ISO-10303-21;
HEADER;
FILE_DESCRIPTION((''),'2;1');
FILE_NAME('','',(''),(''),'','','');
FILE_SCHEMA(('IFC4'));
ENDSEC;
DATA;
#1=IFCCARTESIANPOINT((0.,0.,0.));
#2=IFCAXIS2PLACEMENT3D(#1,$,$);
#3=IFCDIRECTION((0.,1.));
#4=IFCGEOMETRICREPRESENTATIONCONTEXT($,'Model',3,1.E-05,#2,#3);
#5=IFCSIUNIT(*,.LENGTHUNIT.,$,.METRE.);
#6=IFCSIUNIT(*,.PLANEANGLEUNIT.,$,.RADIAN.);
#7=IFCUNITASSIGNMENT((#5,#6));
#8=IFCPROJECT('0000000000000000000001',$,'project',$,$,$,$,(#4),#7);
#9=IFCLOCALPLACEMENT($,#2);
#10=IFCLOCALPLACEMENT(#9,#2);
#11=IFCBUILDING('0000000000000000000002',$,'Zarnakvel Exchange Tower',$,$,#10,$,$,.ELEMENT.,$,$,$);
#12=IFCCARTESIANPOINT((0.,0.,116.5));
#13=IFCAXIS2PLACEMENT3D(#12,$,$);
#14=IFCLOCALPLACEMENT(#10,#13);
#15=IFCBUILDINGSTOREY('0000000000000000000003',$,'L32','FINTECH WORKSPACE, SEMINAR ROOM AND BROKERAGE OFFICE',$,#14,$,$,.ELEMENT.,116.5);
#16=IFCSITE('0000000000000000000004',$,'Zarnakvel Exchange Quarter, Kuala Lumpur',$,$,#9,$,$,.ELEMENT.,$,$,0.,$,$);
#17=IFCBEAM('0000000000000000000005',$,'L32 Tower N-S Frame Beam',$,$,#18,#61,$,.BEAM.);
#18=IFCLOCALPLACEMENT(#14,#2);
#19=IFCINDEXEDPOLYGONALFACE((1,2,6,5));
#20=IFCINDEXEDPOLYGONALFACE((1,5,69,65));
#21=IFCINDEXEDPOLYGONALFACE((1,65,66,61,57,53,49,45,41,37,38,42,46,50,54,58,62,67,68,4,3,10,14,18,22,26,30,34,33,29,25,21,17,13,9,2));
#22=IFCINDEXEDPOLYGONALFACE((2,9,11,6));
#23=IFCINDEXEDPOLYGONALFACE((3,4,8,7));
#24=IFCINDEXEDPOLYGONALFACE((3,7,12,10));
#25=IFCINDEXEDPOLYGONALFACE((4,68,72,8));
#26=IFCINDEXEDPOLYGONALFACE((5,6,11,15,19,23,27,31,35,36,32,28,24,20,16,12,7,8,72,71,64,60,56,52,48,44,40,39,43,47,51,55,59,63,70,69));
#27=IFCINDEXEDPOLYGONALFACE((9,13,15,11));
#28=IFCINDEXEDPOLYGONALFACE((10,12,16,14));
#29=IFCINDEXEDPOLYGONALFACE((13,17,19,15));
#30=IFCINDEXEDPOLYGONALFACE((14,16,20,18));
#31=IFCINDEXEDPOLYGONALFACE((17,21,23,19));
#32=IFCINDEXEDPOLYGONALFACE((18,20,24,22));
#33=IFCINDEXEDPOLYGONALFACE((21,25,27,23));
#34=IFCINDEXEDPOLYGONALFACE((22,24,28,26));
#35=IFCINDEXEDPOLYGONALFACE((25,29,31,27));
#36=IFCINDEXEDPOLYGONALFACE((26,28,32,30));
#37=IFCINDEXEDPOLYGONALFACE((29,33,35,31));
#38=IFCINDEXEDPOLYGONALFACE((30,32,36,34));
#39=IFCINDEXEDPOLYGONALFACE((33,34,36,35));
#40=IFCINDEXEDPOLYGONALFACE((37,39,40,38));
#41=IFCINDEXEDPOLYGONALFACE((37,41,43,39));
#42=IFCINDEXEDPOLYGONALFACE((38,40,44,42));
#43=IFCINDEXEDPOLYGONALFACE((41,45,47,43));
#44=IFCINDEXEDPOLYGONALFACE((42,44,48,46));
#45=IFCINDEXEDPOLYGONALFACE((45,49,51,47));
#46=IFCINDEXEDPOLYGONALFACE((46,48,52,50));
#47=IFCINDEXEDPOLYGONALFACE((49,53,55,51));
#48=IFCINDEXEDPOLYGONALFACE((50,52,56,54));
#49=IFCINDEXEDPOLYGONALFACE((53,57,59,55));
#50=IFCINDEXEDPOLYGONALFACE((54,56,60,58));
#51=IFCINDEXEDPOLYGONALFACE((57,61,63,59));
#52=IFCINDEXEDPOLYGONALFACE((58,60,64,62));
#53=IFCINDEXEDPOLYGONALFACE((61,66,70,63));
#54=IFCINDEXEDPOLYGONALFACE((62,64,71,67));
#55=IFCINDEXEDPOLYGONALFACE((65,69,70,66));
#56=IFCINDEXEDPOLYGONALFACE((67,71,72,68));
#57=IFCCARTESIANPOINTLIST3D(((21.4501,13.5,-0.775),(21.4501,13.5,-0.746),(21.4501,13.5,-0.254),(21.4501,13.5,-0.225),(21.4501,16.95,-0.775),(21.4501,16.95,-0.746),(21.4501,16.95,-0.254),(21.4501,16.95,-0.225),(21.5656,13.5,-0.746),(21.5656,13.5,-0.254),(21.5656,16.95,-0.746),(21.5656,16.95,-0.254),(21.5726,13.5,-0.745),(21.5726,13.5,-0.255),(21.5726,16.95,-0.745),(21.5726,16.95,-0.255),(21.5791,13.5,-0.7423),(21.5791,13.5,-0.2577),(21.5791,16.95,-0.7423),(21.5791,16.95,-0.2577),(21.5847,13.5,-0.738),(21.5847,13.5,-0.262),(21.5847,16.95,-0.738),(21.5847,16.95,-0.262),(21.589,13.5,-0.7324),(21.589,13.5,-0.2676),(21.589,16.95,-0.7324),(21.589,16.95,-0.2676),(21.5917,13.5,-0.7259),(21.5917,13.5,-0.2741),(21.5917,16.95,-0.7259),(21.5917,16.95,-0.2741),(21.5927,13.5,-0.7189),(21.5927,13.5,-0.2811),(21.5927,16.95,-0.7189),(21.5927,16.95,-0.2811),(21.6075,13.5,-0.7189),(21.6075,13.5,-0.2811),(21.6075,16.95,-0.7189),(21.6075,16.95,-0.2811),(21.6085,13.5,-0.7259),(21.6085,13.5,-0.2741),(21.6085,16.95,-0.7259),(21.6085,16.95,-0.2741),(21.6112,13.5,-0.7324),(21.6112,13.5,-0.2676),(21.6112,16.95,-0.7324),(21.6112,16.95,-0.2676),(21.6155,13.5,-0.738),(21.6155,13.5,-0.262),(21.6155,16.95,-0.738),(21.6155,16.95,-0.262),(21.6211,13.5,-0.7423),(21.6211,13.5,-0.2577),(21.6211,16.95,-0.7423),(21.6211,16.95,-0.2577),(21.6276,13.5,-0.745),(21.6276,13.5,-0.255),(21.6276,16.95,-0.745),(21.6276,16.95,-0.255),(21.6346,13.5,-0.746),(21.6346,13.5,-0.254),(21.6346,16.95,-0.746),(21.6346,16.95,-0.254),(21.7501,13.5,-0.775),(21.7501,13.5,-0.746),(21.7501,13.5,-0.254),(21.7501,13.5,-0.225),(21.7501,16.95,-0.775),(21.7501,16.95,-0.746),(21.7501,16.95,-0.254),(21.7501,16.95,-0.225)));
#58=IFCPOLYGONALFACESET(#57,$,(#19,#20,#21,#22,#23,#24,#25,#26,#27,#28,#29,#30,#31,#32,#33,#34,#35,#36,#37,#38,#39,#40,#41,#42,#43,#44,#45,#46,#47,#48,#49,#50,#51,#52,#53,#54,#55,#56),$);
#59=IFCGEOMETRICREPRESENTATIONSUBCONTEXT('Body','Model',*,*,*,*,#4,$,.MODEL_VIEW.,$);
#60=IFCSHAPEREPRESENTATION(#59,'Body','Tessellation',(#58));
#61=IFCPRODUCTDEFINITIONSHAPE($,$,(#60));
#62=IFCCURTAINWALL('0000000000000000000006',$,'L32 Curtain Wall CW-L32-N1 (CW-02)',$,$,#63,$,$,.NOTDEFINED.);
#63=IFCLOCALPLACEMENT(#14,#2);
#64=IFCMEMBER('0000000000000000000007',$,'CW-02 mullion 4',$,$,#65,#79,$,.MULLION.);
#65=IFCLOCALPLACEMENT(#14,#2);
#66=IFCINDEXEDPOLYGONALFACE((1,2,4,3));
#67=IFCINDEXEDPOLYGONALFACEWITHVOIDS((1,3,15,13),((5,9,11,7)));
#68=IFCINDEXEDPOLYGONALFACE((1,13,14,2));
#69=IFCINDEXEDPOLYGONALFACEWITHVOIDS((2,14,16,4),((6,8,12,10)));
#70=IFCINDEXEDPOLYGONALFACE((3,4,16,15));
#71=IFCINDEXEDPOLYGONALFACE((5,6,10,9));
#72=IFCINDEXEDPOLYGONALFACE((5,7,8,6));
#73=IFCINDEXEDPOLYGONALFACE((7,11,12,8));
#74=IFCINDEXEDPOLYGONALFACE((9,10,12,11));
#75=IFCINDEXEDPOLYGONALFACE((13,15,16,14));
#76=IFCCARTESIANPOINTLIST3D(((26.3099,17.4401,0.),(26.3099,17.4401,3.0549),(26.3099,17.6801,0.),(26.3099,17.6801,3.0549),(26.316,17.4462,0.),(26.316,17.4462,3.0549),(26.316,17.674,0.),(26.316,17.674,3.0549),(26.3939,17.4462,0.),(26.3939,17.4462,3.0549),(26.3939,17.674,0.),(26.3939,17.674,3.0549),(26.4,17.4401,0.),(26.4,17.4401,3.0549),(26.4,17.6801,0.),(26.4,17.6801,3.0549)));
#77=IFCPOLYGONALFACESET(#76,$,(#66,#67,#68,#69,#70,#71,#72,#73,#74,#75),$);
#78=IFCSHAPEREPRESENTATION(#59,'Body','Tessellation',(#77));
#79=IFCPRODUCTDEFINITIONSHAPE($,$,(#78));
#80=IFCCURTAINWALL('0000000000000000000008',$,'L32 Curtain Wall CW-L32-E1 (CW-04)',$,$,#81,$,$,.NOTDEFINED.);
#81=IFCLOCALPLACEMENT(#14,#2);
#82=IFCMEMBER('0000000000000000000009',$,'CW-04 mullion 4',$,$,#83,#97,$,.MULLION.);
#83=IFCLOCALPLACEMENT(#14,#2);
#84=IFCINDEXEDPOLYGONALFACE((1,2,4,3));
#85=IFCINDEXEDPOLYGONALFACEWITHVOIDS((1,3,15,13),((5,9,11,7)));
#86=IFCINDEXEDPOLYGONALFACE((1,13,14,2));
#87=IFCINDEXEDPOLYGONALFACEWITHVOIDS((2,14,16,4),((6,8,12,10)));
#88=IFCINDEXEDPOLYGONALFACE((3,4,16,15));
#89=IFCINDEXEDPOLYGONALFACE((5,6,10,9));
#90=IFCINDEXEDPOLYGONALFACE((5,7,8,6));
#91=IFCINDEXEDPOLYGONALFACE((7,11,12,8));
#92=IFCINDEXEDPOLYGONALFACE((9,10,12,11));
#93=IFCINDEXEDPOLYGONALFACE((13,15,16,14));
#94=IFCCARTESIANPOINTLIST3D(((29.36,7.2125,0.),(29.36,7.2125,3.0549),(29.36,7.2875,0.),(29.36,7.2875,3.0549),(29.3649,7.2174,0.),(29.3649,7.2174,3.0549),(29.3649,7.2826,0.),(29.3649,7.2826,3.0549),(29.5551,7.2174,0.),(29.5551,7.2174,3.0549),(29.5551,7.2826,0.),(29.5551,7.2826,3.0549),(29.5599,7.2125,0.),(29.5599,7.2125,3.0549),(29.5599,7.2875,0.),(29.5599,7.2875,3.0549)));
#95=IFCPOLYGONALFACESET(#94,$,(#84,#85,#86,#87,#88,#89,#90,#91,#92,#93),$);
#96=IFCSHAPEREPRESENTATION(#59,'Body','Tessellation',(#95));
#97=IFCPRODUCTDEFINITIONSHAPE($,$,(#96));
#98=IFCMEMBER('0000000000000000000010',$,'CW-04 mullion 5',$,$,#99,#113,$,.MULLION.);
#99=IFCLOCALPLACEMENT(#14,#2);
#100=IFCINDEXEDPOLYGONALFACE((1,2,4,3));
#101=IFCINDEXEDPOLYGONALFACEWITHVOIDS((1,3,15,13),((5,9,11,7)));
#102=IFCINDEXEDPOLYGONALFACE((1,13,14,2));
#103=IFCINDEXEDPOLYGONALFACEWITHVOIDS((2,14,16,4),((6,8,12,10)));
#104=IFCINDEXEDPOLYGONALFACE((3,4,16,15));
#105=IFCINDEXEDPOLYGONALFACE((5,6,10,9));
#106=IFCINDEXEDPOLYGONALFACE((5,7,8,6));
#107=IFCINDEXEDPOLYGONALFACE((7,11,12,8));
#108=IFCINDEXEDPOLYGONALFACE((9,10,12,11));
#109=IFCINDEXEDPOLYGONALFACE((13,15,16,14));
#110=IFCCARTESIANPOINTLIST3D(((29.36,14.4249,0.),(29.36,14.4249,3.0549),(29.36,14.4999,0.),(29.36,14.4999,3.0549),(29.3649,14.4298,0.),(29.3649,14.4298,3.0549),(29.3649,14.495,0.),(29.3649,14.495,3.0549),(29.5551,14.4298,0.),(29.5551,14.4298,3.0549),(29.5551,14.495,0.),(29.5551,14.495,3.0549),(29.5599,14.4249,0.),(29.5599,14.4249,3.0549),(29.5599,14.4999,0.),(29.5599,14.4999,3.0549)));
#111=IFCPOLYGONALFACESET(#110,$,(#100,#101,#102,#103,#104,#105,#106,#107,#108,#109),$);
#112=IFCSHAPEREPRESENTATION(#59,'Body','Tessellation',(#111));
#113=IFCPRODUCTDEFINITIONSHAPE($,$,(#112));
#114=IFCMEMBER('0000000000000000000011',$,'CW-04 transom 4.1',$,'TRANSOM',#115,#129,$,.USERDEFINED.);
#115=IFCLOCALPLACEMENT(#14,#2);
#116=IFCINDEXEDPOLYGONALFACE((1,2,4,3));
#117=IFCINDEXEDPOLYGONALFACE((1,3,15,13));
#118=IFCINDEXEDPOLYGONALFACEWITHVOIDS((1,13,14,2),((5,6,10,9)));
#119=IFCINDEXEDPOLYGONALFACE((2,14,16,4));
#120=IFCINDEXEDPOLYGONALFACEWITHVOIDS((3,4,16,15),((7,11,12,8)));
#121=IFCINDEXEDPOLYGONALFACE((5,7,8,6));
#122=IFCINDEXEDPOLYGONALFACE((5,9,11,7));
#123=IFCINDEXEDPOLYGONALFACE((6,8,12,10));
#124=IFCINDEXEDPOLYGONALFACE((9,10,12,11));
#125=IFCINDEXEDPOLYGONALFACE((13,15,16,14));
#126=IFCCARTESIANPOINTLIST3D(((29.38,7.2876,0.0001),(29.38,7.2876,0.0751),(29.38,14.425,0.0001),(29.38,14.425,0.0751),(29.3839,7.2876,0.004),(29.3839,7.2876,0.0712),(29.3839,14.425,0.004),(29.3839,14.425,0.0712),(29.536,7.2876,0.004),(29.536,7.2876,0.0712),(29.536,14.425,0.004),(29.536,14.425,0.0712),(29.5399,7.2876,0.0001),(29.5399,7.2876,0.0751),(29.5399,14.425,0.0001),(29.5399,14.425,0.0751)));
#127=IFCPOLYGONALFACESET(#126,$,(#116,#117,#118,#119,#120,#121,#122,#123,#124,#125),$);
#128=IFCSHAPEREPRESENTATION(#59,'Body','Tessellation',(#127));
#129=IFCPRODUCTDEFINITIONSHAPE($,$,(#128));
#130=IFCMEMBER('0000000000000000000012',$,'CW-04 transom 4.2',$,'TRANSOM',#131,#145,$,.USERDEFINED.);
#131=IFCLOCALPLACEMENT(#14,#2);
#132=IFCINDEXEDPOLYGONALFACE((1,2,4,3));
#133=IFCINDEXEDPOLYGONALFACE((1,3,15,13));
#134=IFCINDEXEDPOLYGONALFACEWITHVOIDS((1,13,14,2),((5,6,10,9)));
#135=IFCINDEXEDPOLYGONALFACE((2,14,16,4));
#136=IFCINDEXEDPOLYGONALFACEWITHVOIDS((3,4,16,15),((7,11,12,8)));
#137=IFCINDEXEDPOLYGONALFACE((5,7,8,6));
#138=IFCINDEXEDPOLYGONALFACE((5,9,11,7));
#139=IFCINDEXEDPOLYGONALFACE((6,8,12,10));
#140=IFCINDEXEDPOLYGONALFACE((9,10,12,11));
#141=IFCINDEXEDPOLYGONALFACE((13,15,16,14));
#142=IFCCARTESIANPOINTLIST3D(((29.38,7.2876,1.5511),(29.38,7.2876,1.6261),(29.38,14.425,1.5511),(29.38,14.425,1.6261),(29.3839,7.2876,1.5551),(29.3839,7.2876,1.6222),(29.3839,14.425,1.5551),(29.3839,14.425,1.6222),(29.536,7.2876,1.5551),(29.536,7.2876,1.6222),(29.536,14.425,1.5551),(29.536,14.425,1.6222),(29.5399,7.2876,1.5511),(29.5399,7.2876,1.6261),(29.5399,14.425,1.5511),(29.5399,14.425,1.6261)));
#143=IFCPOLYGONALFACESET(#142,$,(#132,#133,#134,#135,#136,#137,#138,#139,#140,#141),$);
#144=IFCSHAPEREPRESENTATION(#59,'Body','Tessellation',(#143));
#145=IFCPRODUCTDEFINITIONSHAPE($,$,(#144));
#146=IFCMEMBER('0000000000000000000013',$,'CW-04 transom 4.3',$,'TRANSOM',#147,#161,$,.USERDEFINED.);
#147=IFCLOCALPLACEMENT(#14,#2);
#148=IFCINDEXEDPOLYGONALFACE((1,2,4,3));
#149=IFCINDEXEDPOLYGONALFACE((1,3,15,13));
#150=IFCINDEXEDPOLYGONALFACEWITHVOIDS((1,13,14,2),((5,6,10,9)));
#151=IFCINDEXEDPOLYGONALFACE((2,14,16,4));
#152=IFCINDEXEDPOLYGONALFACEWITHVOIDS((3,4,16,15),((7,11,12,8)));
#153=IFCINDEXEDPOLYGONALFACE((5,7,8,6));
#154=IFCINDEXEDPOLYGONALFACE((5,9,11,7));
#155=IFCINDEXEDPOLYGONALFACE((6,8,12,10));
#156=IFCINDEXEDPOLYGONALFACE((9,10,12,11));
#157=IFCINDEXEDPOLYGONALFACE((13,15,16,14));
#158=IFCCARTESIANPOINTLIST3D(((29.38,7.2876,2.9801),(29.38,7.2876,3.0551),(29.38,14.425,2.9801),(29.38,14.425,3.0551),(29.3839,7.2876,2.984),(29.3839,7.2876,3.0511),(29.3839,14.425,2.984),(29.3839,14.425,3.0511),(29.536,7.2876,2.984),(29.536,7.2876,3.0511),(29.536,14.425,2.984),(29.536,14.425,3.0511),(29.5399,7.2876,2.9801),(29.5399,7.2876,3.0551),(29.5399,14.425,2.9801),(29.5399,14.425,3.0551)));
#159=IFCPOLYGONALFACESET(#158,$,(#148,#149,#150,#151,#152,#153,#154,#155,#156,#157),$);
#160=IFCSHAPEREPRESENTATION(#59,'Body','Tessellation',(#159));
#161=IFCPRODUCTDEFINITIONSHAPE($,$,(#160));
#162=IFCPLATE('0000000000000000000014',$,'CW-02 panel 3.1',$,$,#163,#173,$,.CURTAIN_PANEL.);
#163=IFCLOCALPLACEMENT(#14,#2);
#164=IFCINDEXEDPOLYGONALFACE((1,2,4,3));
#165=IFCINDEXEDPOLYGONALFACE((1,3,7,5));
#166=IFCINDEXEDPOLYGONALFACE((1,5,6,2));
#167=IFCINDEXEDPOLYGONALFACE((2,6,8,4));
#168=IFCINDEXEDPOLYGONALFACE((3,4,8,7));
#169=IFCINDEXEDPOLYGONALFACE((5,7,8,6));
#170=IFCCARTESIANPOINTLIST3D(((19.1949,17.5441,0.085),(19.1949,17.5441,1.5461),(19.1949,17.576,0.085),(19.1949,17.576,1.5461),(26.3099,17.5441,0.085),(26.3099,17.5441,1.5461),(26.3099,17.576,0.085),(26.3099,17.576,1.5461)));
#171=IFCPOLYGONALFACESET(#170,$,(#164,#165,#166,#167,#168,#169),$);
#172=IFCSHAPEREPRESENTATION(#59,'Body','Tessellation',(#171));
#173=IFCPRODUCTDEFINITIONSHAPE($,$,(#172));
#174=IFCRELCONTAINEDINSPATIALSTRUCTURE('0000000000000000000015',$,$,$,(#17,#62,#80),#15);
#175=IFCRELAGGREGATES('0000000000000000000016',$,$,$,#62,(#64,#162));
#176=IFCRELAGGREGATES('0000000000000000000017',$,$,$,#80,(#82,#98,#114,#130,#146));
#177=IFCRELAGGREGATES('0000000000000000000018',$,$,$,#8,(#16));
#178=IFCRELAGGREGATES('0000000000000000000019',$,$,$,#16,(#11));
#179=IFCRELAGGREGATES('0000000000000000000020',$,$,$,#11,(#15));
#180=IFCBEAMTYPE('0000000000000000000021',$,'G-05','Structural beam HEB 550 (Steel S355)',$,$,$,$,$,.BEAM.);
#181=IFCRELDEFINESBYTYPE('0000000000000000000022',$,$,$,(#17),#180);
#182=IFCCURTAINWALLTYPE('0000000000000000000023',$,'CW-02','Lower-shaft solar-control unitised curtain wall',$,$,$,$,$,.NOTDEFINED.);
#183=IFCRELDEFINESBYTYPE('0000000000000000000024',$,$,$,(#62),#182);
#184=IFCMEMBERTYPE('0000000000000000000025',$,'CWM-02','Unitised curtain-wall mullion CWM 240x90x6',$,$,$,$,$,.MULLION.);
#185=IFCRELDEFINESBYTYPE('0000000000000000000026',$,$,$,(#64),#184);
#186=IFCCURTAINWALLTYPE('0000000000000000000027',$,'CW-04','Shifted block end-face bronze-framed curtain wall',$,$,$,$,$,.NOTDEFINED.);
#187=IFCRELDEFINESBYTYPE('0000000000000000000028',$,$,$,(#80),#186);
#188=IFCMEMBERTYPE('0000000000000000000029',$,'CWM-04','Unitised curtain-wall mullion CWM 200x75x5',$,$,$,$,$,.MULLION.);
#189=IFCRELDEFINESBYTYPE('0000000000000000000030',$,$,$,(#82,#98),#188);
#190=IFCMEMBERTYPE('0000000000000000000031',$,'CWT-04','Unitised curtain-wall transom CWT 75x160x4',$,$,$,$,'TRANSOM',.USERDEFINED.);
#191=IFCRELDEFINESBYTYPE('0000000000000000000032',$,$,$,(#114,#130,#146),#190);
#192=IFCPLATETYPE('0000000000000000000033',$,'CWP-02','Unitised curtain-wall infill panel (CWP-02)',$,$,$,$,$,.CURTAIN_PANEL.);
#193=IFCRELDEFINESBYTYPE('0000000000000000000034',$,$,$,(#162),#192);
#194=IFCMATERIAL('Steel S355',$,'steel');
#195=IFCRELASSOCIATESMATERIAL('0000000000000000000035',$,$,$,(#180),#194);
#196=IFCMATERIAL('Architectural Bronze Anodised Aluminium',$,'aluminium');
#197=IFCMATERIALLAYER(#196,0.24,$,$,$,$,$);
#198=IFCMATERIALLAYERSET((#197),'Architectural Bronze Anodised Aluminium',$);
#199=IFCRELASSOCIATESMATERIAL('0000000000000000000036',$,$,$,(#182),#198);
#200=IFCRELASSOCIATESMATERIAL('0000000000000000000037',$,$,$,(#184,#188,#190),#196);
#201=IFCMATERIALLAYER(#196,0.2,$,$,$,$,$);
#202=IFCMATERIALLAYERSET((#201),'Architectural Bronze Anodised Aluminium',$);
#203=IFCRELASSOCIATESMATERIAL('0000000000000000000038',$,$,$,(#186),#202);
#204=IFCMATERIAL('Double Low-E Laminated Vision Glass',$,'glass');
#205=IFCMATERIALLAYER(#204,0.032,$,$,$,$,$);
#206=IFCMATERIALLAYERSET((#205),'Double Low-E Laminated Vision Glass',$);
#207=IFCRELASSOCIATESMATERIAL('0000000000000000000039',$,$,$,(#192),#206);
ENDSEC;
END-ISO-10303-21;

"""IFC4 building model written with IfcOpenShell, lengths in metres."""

from ifc_helpers import new_model, si_unit, direction, frame, origin, origin_2d, place, context, subcontext, project, spatial, rectangle, hollow_rectangle, i_section, extrude, source, transform, mapped, material, layer, layer_set, material_profile, profile_set, type_object, element, aggregate, save


model = new_model("IFC4")

# Units and contexts
model_context = context("Model", 3, precision=1e-05, world=origin(), true_north=direction((0.0, 1.0)))
body_context = subcontext(model_context, "Body", "Model", "MODEL_VIEW")
ifc_project = project(units=[si_unit("LENGTHUNIT", "METRE"), si_unit("PLANEANGLEUNIT", "RADIAN")], contexts=[model_context])

# Site, building, storey
site_placement = place(None, origin())
site = spatial("IfcSite", under=ifc_project, at=site_placement, Name="Zarnakvel Exchange Quarter, Kuala Lumpur", CompositionType="ELEMENT", RefElevation=0.0)
building_placement = place(site_placement, origin())
building = spatial("IfcBuilding", under=site, at=building_placement, Name="Zarnakvel Exchange Tower", CompositionType="ELEMENT")
storey_placement = place(building_placement, frame((0.0, 0.0, 116.5)))
storey = spatial("IfcBuildingStorey", under=building, at=storey_placement, Name="L32", Description="FINTECH WORKSPACE, SEMINAR ROOM AND BROKERAGE OFFICE", CompositionType="ELEMENT", Elevation=116.5)

# Shared definitions
ifc_material_1 = material(Name="Steel S355", Category="steel")

# Beam
ifc_material_profile_1 = material_profile(ifc_material_1, i_section(OverallWidth=0.3, OverallDepth=0.55, WebThickness=0.0149, FlangeThickness=0.0291, FilletRadius=0.0271, at=origin_2d()))
ifc_profile_set_1 = profile_set([ifc_material_profile_1], Name="Steel S355")
beam_type = type_object("IfcBeamType", Name="G-05", Description="Structural beam HEB 550 (Steel S355)", PredefinedType="BEAM", material=ifc_profile_set_1)
beam_1_placement = place(storey_placement, frame((21.6001, 13.5, -0.5), z_axis=(0.0, 1.0, 0.0), x_axis=(-1.0, 0.0, 0.0)))
element("IfcBeam", 1, at=beam_1_placement, inside=storey, type_object=beam_type, Name="L32 Tower N-S Frame Beam", PredefinedType="BEAM", context=body_context, shape_type="SweptSolid", body=[
    extrude(i_section(OverallWidth=0.3, OverallDepth=0.55, WebThickness=0.0149, FlangeThickness=0.0291, FilletRadius=0.0271, at=origin_2d()), origin(), (0.0, 0.0, 1.0), 3.45),
])

# Curtain wall, member
ifc_material_2 = material(Name="Architectural Bronze Anodised Aluminium", Category="aluminium")
ifc_layer_1 = layer(ifc_material_2, 0.24)
ifc_layer_set_1 = layer_set([ifc_layer_1], Name="Architectural Bronze Anodised Aluminium")
curtain_wall_type_1 = type_object("IfcCurtainWallType", Name="CW-02", Description="Lower-shaft solar-control unitised curtain wall", PredefinedType="NOTDEFINED", material=ifc_layer_set_1)
curtain_wall_1_placement = place(storey_placement, origin())
curtain_wall_1 = element("IfcCurtainWall", 2, at=curtain_wall_1_placement, inside=storey, type_object=curtain_wall_type_1, Name="L32 Curtain Wall CW-L32-N1 (CW-02)", PredefinedType="NOTDEFINED")
ifc_material_profile_2 = material_profile(ifc_material_2, hollow_rectangle(XDim=0.24, YDim=0.0901, WallThickness=0.0061, at=origin_2d()))
ifc_profile_set_2 = profile_set([ifc_material_profile_2], Name="Architectural Bronze Anodised Aluminium")
member_type_1 = type_object("IfcMemberType", Name="CWM-02", Description="Unitised curtain-wall mullion CWM 240x90x6", PredefinedType="MULLION", material=ifc_profile_set_2)
shared_shape_1 = source(origin(), body_context, "Body", "SweptSolid", [
    extrude(hollow_rectangle(XDim=0.24, YDim=0.0901, WallThickness=0.0061, at=origin_2d()), origin(), (0.0, 0.0, 1.0), 3.0549),
])
member_1_placement = place(storey_placement, frame((26.355, 17.5601, 0.0), z_axis=(0.0, 0.0, 1.0), x_axis=(0.0, 1.0, 0.0)))
member_1 = element("IfcMember", 3, at=member_1_placement, type_object=member_type_1, Name="CW-02 mullion 4", PredefinedType="MULLION", context=body_context, shape_type="MappedRepresentation", body=[
    mapped(shared_shape_1, transform((0.0, 0.0, 0.0), x_axis=(1.0, 0.0, 0.0), y_axis=(0.0, 1.0, 0.0), z_axis=(0.0, 0.0, 1.0), scale=1.0)),
])

# Curtain wall, members
ifc_layer_2 = layer(ifc_material_2, 0.2)
ifc_layer_set_2 = layer_set([ifc_layer_2], Name="Architectural Bronze Anodised Aluminium")
curtain_wall_type_2 = type_object("IfcCurtainWallType", Name="CW-04", Description="Shifted block end-face bronze-framed curtain wall", PredefinedType="NOTDEFINED", material=ifc_layer_set_2)
curtain_wall_2_placement = place(storey_placement, origin())
curtain_wall_2 = element("IfcCurtainWall", 4, at=curtain_wall_2_placement, inside=storey, type_object=curtain_wall_type_2, Name="L32 Curtain Wall CW-L32-E1 (CW-04)", PredefinedType="NOTDEFINED")
ifc_material_profile_3 = material_profile(ifc_material_2, hollow_rectangle(XDim=0.2, YDim=0.075, WallThickness=0.0049, at=origin_2d()))
ifc_profile_set_3 = profile_set([ifc_material_profile_3], Name="Architectural Bronze Anodised Aluminium")
member_type_2 = type_object("IfcMemberType", Name="CWM-04", Description="Unitised curtain-wall mullion CWM 200x75x5", PredefinedType="MULLION", material=ifc_profile_set_3)
shared_shape_2 = source(origin(), body_context, "Body", "SweptSolid", [
    extrude(hollow_rectangle(XDim=0.2, YDim=0.075, WallThickness=0.0049, at=origin_2d()), origin(), (0.0, 0.0, 1.0), 3.0549),
])
member_2_placement = place(storey_placement, frame((29.46, 7.25, 0.0), z_axis=(0.0, 0.0, 1.0), x_axis=(-1.0, 0.0, 0.0)))
member_2 = element("IfcMember", 5, at=member_2_placement, type_object=member_type_2, Name="CW-04 mullion 4", PredefinedType="MULLION", context=body_context, shape_type="MappedRepresentation", body=[
    mapped(shared_shape_2, transform((0.0, 0.0, 0.0), x_axis=(1.0, 0.0, 0.0), y_axis=(0.0, 1.0, 0.0), z_axis=(0.0, 0.0, 1.0), scale=1.0)),
])
member_3_placement = place(storey_placement, frame((29.46, 14.4624, 0.0), z_axis=(0.0, 0.0, 1.0), x_axis=(-1.0, 0.0, 0.0)))
member_3 = element("IfcMember", 6, at=member_3_placement, type_object=member_type_2, Name="CW-04 mullion 5", PredefinedType="MULLION", context=body_context, shape_type="MappedRepresentation", body=[
    mapped(shared_shape_2, transform((0.0, 0.0, 0.0), x_axis=(1.0, 0.0, 0.0), y_axis=(0.0, 1.0, 0.0), z_axis=(0.0, 0.0, 1.0), scale=1.0)),
])
ifc_material_profile_4 = material_profile(ifc_material_2, hollow_rectangle(XDim=0.1599, YDim=0.075, WallThickness=0.0039, at=origin_2d()))
ifc_profile_set_4 = profile_set([ifc_material_profile_4], Name="Architectural Bronze Anodised Aluminium")
member_type_3 = type_object("IfcMemberType", Name="CWT-04", Description="Unitised curtain-wall transom CWT 75x160x4", ElementType="TRANSOM", PredefinedType="USERDEFINED", material=ifc_profile_set_4)
shared_shape_3 = source(origin(), body_context, "Body", "SweptSolid", [
    extrude(hollow_rectangle(XDim=0.1599, YDim=0.075, WallThickness=0.0039, at=origin_2d()), origin(), (0.0, 0.0, 1.0), 7.1375),
])
member_4_placement = place(storey_placement, frame((29.46, 7.2876, 0.0376), z_axis=(0.0, 1.0, 0.0), x_axis=(-1.0, 0.0, 0.0)))
member_4 = element("IfcMember", 7, at=member_4_placement, type_object=member_type_3, Name="CW-04 transom 4.1", ObjectType="TRANSOM", PredefinedType="USERDEFINED", context=body_context, shape_type="MappedRepresentation", body=[
    mapped(shared_shape_3, transform((0.0, 0.0, 0.0), x_axis=(1.0, 0.0, 0.0), y_axis=(0.0, 1.0, 0.0), z_axis=(0.0, 0.0, 1.0), scale=1.0)),
])
member_5_placement = place(storey_placement, frame((29.46, 7.2876, 1.5886), z_axis=(0.0, 1.0, 0.0), x_axis=(-1.0, 0.0, 0.0)))
member_5 = element("IfcMember", 8, at=member_5_placement, type_object=member_type_3, Name="CW-04 transom 4.2", ObjectType="TRANSOM", PredefinedType="USERDEFINED", context=body_context, shape_type="MappedRepresentation", body=[
    mapped(shared_shape_3, transform((0.0, 0.0, 0.0), x_axis=(1.0, 0.0, 0.0), y_axis=(0.0, 1.0, 0.0), z_axis=(0.0, 0.0, 1.0), scale=1.0)),
])
member_6_placement = place(storey_placement, frame((29.46, 7.2876, 3.0176), z_axis=(0.0, 1.0, 0.0), x_axis=(-1.0, 0.0, 0.0)))
member_6 = element("IfcMember", 9, at=member_6_placement, type_object=member_type_3, Name="CW-04 transom 4.3", ObjectType="TRANSOM", PredefinedType="USERDEFINED", context=body_context, shape_type="MappedRepresentation", body=[
    mapped(shared_shape_3, transform((0.0, 0.0, 0.0), x_axis=(1.0, 0.0, 0.0), y_axis=(0.0, 1.0, 0.0), z_axis=(0.0, 0.0, 1.0), scale=1.0)),
])

# Plate
ifc_material_3 = material(Name="Double Low-E Laminated Vision Glass", Category="glass")
ifc_layer_3 = layer(ifc_material_3, 0.032)
ifc_layer_set_3 = layer_set([ifc_layer_3], Name="Double Low-E Laminated Vision Glass")
plate_type_1 = type_object("IfcPlateType", Name="CWP-02", Description="Unitised curtain-wall infill panel (CWP-02)", PredefinedType="CURTAIN_PANEL", material=ifc_layer_set_3)
shared_shape_4 = source(origin(), body_context, "Body", "SweptSolid", [
    extrude(rectangle(XDim=7.115, YDim=0.032, at=origin_2d()), origin(), (0.0, 0.0, 1.0), 1.4612),
])
plate_1_placement = place(storey_placement, frame((22.7524, 17.5601, 0.085), z_axis=(0.0, 0.0, 1.0), x_axis=(1.0, 0.0, 0.0)))
plate_1 = element("IfcPlate", 10, at=plate_1_placement, type_object=plate_type_1, Name="CW-02 panel 3.1", PredefinedType="CURTAIN_PANEL", context=body_context, shape_type="MappedRepresentation", body=[
    mapped(shared_shape_4, transform((0.0, 0.0, 0.0), x_axis=(1.0, 0.0, 0.0), y_axis=(0.0, 1.0, 0.0), z_axis=(0.0, 0.0, 1.0), scale=1.0)),
])
aggregate(curtain_wall_1, [member_1, plate_1])
aggregate(curtain_wall_2, [member_2, member_3, member_4, member_5, member_6])

save(model, "model.ifc")
